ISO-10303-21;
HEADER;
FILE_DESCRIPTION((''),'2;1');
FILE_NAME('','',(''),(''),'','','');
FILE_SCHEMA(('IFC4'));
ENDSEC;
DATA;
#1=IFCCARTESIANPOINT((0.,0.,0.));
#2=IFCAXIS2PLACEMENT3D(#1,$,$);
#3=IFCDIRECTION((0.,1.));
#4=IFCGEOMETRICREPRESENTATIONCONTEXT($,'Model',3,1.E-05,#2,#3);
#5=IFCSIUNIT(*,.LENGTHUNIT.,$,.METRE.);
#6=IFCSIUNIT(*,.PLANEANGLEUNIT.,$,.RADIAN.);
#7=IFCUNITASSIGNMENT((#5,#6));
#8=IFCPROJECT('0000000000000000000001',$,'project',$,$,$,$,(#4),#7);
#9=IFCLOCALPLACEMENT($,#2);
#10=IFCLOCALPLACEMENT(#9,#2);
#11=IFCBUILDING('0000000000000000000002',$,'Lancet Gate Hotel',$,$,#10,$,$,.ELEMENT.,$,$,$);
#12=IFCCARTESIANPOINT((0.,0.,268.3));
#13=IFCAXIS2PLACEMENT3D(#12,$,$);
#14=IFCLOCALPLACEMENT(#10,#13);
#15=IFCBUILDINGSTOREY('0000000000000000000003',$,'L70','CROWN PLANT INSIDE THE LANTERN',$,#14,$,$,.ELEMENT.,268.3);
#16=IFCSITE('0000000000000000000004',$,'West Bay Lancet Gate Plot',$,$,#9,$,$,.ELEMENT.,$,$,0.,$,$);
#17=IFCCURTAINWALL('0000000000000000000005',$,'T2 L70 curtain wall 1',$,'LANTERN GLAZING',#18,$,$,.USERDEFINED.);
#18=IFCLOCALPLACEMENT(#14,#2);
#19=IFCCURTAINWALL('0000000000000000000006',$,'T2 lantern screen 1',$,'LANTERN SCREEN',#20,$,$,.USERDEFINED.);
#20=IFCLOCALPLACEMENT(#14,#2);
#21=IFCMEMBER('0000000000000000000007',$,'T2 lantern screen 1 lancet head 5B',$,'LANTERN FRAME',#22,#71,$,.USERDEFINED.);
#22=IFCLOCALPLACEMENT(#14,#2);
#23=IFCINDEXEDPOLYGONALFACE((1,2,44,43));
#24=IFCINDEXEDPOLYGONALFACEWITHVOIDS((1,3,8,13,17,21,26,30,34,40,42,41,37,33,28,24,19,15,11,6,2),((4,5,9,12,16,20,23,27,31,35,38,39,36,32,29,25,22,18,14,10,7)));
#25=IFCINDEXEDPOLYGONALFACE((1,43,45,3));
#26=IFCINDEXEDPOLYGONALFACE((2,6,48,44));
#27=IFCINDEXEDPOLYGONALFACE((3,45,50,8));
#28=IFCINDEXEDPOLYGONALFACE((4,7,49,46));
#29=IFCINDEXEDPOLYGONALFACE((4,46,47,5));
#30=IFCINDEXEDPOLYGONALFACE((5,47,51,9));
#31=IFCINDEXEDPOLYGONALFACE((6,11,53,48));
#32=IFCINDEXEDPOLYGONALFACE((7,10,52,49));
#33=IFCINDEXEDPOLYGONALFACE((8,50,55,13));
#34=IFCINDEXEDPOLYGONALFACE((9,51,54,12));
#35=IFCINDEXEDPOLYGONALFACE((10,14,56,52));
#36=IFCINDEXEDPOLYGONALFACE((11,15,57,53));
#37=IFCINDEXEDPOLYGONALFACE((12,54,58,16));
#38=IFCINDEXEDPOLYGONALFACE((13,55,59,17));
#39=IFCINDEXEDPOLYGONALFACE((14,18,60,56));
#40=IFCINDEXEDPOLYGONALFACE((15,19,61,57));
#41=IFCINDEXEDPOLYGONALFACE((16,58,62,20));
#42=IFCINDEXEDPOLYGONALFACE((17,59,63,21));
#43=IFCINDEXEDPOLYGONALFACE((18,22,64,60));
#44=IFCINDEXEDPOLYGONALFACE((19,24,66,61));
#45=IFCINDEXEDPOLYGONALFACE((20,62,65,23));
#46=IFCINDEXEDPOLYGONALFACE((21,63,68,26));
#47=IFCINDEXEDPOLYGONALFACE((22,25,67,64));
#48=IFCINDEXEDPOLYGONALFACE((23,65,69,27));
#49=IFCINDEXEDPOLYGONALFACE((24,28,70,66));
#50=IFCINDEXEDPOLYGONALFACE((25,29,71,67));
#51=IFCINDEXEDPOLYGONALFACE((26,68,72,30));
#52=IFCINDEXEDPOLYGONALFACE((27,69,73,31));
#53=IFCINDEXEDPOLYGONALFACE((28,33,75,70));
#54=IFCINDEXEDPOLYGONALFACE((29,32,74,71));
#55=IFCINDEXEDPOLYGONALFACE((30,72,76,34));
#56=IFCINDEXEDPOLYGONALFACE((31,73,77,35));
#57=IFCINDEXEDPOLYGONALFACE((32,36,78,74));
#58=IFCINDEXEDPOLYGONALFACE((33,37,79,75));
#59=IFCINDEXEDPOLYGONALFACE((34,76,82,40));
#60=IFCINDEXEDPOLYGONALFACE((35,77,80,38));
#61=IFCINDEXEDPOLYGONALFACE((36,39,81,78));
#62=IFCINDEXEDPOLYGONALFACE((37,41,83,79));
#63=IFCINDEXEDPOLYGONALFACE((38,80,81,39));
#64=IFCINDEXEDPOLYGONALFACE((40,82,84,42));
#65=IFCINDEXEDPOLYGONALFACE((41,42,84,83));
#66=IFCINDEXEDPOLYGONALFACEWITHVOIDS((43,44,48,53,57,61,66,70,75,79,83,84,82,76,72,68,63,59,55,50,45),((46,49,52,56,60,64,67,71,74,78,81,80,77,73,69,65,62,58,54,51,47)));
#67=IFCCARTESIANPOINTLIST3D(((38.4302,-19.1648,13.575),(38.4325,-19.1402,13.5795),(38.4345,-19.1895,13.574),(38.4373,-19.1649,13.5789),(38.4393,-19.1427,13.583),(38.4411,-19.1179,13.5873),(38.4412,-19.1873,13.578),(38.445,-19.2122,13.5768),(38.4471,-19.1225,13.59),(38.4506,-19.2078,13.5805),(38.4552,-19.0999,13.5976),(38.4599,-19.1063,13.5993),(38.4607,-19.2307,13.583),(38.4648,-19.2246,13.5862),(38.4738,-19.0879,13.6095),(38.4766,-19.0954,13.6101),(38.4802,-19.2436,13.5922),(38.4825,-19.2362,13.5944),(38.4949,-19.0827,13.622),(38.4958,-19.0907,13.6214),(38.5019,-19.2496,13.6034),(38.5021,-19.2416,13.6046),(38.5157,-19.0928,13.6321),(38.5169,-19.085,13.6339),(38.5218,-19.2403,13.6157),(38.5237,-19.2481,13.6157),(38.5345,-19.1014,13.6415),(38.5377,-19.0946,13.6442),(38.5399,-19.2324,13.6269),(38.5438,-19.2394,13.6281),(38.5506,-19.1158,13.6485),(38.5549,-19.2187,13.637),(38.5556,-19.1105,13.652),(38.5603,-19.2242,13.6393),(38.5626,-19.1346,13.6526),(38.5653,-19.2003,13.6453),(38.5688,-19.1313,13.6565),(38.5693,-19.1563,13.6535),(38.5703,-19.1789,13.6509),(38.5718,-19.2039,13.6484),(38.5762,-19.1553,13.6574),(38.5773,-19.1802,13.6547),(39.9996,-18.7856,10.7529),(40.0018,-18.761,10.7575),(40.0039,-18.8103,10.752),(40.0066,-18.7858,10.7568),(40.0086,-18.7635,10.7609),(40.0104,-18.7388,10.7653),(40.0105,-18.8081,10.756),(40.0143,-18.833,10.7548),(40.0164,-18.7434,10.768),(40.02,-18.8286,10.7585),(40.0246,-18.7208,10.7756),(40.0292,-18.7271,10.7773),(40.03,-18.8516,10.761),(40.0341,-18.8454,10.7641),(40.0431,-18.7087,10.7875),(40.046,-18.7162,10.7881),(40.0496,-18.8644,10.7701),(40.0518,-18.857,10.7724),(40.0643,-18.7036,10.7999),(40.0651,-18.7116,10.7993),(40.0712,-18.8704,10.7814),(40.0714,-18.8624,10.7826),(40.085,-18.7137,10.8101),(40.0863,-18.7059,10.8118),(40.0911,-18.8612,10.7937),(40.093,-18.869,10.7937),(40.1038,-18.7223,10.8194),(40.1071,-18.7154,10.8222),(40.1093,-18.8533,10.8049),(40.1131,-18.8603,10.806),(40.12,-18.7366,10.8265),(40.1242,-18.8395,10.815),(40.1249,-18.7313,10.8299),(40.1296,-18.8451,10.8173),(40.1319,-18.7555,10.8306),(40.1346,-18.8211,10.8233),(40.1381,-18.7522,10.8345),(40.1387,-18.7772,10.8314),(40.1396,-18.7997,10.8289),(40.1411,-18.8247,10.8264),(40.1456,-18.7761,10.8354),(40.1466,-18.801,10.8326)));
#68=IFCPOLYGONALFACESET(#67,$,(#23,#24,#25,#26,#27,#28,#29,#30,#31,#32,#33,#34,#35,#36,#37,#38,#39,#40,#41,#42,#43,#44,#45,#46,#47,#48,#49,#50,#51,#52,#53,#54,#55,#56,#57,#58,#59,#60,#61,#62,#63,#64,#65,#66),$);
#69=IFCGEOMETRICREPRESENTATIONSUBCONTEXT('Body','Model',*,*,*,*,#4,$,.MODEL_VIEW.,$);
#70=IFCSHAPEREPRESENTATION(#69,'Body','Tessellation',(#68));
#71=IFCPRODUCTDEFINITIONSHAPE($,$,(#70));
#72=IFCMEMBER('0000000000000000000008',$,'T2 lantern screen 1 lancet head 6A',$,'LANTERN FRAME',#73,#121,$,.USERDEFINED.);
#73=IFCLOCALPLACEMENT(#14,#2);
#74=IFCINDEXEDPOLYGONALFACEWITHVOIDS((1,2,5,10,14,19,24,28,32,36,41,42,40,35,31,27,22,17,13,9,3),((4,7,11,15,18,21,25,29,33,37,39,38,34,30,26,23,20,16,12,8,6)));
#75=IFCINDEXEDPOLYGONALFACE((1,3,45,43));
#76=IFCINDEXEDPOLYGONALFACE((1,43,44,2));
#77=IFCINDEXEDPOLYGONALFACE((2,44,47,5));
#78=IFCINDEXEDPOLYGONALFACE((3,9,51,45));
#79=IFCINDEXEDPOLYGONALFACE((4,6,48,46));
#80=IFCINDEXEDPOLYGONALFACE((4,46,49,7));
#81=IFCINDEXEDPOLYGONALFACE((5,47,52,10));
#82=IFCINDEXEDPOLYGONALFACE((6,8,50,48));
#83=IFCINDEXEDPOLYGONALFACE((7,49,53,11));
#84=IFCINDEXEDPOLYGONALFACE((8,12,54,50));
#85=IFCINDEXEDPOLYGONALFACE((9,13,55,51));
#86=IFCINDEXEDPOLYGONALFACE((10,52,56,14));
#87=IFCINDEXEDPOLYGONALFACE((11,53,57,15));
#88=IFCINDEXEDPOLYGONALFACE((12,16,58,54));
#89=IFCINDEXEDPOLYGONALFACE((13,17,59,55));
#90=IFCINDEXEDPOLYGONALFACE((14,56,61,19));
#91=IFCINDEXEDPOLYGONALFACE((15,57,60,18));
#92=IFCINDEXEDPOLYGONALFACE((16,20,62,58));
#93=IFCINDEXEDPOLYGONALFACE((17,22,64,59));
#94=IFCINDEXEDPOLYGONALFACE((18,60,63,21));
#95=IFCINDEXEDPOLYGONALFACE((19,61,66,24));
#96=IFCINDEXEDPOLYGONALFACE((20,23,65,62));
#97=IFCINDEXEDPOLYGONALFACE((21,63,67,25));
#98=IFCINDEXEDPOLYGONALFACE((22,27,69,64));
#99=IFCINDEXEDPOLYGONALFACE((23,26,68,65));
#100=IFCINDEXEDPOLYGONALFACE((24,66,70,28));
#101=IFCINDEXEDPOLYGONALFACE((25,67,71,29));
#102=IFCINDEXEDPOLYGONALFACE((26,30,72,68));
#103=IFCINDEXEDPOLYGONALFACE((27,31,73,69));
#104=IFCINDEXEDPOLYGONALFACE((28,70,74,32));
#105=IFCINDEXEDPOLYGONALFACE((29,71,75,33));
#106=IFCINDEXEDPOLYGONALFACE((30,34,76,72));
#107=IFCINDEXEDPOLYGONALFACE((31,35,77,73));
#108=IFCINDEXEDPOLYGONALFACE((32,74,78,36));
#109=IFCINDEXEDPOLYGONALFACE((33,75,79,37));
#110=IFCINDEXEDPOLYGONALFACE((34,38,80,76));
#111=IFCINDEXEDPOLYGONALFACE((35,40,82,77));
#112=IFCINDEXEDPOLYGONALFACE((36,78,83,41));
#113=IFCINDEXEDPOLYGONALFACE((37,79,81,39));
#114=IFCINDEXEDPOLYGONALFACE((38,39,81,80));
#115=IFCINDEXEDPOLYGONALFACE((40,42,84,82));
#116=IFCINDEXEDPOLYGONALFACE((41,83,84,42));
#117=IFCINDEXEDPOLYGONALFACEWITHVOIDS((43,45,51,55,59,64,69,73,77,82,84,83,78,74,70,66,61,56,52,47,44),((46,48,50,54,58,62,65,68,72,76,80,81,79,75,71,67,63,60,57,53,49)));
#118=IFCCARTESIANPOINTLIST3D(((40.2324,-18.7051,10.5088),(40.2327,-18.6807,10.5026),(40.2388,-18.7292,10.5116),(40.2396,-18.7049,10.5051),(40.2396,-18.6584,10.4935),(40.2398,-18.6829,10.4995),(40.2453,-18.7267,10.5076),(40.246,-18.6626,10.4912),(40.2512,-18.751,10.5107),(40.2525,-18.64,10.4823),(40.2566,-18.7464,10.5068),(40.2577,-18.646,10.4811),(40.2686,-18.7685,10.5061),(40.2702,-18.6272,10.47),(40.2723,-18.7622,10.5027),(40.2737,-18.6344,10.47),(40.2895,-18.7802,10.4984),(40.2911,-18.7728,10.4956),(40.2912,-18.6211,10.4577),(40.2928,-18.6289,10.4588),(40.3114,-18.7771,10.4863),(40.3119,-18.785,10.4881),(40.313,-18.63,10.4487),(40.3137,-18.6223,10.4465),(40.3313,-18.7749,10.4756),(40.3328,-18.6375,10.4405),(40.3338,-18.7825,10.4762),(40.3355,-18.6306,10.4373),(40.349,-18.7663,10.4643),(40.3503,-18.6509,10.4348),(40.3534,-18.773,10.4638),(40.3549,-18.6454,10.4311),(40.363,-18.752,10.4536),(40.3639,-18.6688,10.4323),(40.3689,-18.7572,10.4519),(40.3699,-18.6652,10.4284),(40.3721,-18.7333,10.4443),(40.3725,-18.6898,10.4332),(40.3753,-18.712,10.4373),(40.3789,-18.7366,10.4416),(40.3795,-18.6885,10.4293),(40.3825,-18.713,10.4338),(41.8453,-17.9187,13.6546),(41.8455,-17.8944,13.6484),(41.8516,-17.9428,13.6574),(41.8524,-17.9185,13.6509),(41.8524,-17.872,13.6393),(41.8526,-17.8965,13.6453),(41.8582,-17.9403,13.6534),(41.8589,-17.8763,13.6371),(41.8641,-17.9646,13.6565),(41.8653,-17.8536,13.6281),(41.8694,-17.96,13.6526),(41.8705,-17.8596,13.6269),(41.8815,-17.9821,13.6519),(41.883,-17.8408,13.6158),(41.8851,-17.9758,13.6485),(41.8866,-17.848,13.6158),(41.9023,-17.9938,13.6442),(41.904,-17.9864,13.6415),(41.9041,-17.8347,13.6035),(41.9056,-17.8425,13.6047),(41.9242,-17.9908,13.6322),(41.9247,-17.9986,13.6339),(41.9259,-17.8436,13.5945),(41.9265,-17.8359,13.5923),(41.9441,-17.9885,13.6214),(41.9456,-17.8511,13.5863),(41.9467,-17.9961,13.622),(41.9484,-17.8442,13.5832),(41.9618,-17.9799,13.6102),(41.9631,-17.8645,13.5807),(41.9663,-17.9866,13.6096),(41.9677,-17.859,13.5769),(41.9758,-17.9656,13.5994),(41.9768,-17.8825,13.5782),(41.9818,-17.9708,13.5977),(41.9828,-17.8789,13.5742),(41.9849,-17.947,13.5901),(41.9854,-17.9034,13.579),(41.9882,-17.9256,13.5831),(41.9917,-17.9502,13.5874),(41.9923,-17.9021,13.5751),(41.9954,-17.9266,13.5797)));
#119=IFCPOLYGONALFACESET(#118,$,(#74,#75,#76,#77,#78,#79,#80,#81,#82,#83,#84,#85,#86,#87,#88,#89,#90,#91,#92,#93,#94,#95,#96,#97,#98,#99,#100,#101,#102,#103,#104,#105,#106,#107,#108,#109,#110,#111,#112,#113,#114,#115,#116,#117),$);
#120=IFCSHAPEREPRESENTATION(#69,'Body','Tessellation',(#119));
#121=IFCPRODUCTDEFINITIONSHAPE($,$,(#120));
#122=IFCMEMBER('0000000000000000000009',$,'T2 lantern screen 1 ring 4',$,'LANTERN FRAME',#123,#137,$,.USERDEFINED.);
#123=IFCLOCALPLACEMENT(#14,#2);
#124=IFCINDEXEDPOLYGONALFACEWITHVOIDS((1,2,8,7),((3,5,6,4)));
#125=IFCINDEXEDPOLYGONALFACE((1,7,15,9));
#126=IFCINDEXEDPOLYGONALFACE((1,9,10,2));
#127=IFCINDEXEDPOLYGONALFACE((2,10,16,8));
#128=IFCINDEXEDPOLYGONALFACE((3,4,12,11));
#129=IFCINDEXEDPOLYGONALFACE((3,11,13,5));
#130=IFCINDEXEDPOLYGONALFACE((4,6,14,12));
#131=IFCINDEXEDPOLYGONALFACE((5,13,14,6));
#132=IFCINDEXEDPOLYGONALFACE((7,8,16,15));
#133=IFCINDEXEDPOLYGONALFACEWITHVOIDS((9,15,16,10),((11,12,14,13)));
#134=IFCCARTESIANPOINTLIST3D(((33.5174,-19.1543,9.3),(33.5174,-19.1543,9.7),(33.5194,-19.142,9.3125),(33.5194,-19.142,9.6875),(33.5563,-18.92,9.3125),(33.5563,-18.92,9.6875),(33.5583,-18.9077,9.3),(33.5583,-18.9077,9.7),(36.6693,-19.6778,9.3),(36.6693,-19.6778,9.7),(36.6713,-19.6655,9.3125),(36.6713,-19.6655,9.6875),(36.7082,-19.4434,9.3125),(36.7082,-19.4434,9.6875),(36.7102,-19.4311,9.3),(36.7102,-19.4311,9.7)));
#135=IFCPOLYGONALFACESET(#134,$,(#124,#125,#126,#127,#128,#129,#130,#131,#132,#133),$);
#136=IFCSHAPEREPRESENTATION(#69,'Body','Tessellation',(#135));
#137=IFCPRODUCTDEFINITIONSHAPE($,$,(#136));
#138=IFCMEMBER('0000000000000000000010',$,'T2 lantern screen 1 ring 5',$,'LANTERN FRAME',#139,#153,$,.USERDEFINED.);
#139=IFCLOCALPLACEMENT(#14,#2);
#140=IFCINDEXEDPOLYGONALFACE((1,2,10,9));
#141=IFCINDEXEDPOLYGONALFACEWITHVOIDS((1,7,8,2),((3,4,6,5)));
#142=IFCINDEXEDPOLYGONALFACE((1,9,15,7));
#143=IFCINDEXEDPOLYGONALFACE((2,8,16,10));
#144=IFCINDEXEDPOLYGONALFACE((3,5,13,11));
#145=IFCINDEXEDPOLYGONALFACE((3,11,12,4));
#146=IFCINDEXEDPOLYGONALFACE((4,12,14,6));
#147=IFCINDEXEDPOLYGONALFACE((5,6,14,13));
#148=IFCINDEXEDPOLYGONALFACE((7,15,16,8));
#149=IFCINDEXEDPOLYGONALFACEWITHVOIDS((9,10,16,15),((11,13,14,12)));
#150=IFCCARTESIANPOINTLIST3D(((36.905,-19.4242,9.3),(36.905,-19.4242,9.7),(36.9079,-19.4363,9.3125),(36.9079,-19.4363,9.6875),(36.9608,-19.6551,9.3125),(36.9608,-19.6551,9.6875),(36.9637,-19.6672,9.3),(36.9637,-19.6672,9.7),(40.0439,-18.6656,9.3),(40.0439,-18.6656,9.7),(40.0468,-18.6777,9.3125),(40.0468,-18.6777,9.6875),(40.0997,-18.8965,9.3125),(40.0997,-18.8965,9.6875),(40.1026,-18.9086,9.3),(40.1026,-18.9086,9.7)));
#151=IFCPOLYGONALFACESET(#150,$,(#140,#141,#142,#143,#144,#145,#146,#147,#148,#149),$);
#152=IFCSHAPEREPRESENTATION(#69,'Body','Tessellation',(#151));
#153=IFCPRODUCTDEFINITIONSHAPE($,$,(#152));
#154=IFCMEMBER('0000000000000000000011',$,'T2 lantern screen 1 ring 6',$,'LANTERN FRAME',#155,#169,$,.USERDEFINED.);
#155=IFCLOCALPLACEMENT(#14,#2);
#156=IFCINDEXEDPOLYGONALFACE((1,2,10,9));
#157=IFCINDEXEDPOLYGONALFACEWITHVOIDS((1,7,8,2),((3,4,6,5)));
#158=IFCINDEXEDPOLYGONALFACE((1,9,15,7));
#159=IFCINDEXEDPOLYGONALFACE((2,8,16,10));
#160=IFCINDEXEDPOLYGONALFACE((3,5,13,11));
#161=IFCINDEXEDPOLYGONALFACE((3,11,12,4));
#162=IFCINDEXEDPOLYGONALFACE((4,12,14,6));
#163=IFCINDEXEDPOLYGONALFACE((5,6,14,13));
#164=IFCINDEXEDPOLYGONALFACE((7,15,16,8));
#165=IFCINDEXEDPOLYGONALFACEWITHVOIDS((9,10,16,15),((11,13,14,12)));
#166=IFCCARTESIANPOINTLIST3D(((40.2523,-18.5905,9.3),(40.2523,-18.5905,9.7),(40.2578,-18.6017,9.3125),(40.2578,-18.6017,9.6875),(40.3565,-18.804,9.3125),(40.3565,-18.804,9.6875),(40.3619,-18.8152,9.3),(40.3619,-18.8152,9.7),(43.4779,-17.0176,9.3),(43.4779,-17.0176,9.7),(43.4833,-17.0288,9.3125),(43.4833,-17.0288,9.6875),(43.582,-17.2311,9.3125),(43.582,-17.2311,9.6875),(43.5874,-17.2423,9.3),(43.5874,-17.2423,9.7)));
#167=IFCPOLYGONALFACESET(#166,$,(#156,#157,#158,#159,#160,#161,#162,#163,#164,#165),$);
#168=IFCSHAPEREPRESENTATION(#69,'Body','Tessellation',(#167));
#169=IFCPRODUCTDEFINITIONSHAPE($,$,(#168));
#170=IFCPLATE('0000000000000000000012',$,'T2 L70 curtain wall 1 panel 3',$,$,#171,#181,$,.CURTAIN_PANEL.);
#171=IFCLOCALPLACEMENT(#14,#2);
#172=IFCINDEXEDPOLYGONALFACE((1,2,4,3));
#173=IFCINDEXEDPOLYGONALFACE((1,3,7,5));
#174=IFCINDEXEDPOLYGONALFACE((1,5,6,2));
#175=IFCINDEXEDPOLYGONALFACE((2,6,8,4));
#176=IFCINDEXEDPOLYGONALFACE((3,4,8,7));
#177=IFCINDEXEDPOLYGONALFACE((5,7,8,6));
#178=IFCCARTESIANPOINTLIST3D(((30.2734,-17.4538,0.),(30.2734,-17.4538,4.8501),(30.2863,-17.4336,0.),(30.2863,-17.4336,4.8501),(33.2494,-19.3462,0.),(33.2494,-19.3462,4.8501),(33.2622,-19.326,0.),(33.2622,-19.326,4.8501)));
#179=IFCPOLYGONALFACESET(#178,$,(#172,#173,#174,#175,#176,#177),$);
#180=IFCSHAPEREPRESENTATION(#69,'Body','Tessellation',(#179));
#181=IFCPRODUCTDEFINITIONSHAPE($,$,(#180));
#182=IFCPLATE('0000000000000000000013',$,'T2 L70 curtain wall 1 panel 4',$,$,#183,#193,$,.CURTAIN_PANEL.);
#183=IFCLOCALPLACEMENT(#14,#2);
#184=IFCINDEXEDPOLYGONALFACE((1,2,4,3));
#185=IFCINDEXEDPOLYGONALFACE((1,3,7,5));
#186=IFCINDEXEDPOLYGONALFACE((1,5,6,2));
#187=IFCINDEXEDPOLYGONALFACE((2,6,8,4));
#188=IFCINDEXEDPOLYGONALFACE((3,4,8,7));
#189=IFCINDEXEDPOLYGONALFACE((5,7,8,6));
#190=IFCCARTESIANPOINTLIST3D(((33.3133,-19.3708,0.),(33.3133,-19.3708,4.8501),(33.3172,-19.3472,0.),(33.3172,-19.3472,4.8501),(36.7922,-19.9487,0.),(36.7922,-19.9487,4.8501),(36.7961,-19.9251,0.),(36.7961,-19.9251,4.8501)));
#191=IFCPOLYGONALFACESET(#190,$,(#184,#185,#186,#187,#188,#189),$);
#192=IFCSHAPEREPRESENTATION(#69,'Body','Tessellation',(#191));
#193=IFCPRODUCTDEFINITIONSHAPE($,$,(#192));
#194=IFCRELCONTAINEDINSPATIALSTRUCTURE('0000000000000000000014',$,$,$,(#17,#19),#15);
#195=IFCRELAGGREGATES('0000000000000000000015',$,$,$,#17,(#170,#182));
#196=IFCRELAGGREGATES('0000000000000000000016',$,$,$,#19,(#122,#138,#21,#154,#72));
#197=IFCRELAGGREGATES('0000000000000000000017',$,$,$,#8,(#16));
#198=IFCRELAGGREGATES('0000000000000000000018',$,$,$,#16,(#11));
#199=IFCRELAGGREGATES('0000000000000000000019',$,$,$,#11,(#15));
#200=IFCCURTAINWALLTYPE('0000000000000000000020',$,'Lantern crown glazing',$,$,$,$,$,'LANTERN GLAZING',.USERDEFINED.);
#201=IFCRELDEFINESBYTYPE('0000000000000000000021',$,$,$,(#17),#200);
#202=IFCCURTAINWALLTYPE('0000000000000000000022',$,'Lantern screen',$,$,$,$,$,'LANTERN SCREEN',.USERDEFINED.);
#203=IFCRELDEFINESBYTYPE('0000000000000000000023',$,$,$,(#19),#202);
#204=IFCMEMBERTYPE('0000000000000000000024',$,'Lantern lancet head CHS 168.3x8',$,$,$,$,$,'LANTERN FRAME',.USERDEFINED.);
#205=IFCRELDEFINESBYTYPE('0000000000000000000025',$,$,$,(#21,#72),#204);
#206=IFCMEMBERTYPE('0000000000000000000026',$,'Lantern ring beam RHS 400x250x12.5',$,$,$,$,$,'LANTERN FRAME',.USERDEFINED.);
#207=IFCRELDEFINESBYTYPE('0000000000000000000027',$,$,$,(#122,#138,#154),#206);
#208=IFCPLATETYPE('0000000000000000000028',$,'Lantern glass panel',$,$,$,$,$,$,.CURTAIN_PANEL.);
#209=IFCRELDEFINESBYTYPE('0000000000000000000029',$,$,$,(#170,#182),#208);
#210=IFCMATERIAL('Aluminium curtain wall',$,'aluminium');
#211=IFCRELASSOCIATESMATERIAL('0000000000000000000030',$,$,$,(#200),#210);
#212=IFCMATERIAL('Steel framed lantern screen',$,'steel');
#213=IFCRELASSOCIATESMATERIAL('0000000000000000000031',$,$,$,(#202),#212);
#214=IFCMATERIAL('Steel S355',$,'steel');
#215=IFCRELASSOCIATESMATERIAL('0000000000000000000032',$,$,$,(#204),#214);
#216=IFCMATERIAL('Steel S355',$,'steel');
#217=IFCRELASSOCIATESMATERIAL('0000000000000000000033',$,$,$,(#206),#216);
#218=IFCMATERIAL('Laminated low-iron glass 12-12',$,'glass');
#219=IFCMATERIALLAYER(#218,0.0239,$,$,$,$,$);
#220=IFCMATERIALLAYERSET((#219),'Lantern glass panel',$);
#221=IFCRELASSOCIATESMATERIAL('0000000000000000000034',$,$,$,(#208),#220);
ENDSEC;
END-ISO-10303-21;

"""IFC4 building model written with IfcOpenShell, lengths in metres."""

from ifc_helpers import new_model, si_unit, direction, frame, origin, origin_2d, place, context, subcontext, project, spatial, rectangle, hollow_rectangle, hollow_circle, extrude, material, layer, layer_set, material_profile, profile_set, type_object, element, aggregate, save


model = new_model("IFC4")

# Units and contexts
model_context = context("Model", 3, precision=1e-05, world=origin(), true_north=direction((0.0, 1.0)))
body_context = subcontext(model_context, "Body", "Model", "MODEL_VIEW")
ifc_project = project(units=[si_unit("LENGTHUNIT", "METRE"), si_unit("PLANEANGLEUNIT", "RADIAN")], contexts=[model_context])

# Site, building, storey
site_placement = place(None, origin())
site = spatial("IfcSite", under=ifc_project, at=site_placement, Name="West Bay Lancet Gate Plot", CompositionType="ELEMENT", RefElevation=0.0)
building_placement = place(site_placement, origin())
building = spatial("IfcBuilding", under=site, at=building_placement, Name="Lancet Gate Hotel", CompositionType="ELEMENT")
storey_placement = place(building_placement, frame((0.0, 0.0, 268.3)))
storey = spatial("IfcBuildingStorey", under=building, at=storey_placement, Name="L70", Description="CROWN PLANT INSIDE THE LANTERN", CompositionType="ELEMENT", Elevation=268.3)

# Curtain wall
ifc_material_1 = material(Name="Aluminium curtain wall", Category="aluminium")
curtain_wall_type_1 = type_object("IfcCurtainWallType", Name="Lantern crown glazing", ElementType="LANTERN GLAZING", PredefinedType="USERDEFINED", material=ifc_material_1)
curtain_wall_1_placement = place(storey_placement, origin())
curtain_wall_1 = element("IfcCurtainWall", 1, at=curtain_wall_1_placement, inside=storey, type_object=curtain_wall_type_1, Name="T2 L70 curtain wall 1", ObjectType="LANTERN GLAZING", PredefinedType="USERDEFINED")

# Curtain wall, members
ifc_material_2 = material(Name="Steel framed lantern screen", Category="steel")
curtain_wall_type_2 = type_object("IfcCurtainWallType", Name="Lantern screen", ElementType="LANTERN SCREEN", PredefinedType="USERDEFINED", material=ifc_material_2)
curtain_wall_2_placement = place(storey_placement, origin())
curtain_wall_2 = element("IfcCurtainWall", 2, at=curtain_wall_2_placement, inside=storey, type_object=curtain_wall_type_2, Name="T2 lantern screen 1", ObjectType="LANTERN SCREEN", PredefinedType="USERDEFINED")
ifc_material_3 = material(Name="Steel S355", Category="steel")
ifc_material_profile_1 = material_profile(ifc_material_3, hollow_circle(Radius=0.0842, WallThickness=0.0081, at=origin_2d()), Name="CHS 168.3x8.0")
ifc_profile_set_1 = profile_set([ifc_material_profile_1], Name="Steel S355")
member_type_1 = type_object("IfcMemberType", Name="Lantern lancet head CHS 168.3x8", ElementType="LANTERN FRAME", PredefinedType="USERDEFINED", material=ifc_profile_set_1)
member_1_placement = place(storey_placement, frame((40.0732, -18.7871, 10.7937), z_axis=(-0.482693, -0.116618, 0.867991), x_axis=(0.234843, -0.972033, 0.0)))
member_1 = element("IfcMember", 3, at=member_1_placement, type_object=member_type_1, Name="T2 lantern screen 1 lancet head 5B", ObjectType="LANTERN FRAME", PredefinedType="USERDEFINED", context=body_context, shape_type="SweptSolid", body=[
    extrude(hollow_circle(Radius=0.0842, WallThickness=0.0081, at=origin_2d()), origin(), (0.0, 0.0, 1.0), 3.2512),
])
member_2_placement = place(storey_placement, frame((40.3071, -18.7029, 10.47), z_axis=(0.445339, 0.217141, 0.868633), x_axis=(-0.438265, 0.898846, 0.0)))
member_2 = element("IfcMember", 4, at=member_2_placement, type_object=member_type_1, Name="T2 lantern screen 1 lancet head 6A", ObjectType="LANTERN FRAME", PredefinedType="USERDEFINED", context=body_context, shape_type="SweptSolid", body=[
    extrude(hollow_circle(Radius=0.0842, WallThickness=0.0081, at=origin_2d()), origin(), (0.0, 0.0, 1.0), 3.6216),
])
ifc_material_4 = material(Name="Steel S355", Category="steel")
ifc_material_profile_2 = material_profile(ifc_material_4, hollow_rectangle(XDim=0.25, YDim=0.3999, WallThickness=0.0125, at=origin_2d()), Name="RHS 400x250x12.5")
ifc_profile_set_2 = profile_set([ifc_material_profile_2], Name="Steel S355")
member_type_2 = type_object("IfcMemberType", Name="Lantern ring beam RHS 400x250x12.5", ElementType="LANTERN FRAME", PredefinedType="USERDEFINED", material=ifc_profile_set_2)
member_3_placement = place(storey_placement, frame((33.5378, -19.031, 9.5), z_axis=(0.986489, -0.163829, 0.0), x_axis=(0.163829, 0.986489, 0.0)))
member_3 = element("IfcMember", 5, at=member_3_placement, type_object=member_type_2, Name="T2 lantern screen 1 ring 4", ObjectType="LANTERN FRAME", PredefinedType="USERDEFINED", context=body_context, shape_type="SweptSolid", body=[
    extrude(hollow_rectangle(XDim=0.25, YDim=0.3999, WallThickness=0.0125, at=origin_2d()), origin(), (0.0, 0.0, 1.0), 3.1951),
])
member_4_placement = place(storey_placement, frame((36.9343, -19.5457, 9.5), z_axis=(0.97202, 0.234897, 0.0), x_axis=(-0.234897, 0.97202, 0.0)))
member_4 = element("IfcMember", 6, at=member_4_placement, type_object=member_type_2, Name="T2 lantern screen 1 ring 5", ObjectType="LANTERN FRAME", PredefinedType="USERDEFINED", context=body_context, shape_type="SweptSolid", body=[
    extrude(hollow_rectangle(XDim=0.25, YDim=0.3999, WallThickness=0.0125, at=origin_2d()), origin(), (0.0, 0.0, 1.0), 3.2292),
])
member_5_placement = place(storey_placement, frame((40.3071, -18.7029, 9.5), z_axis=(0.898819, 0.43832, 0.0), x_axis=(-0.43832, 0.898819, 0.0)))
member_5 = element("IfcMember", 7, at=member_5_placement, type_object=member_type_2, Name="T2 lantern screen 1 ring 6", ObjectType="LANTERN FRAME", PredefinedType="USERDEFINED", context=body_context, shape_type="SweptSolid", body=[
    extrude(hollow_rectangle(XDim=0.25, YDim=0.3999, WallThickness=0.0125, at=origin_2d()), origin(), (0.0, 0.0, 1.0), 3.5886),
])

# Plates
ifc_material_5 = material(Name="Laminated low-iron glass 12-12", Category="glass")
ifc_layer_1 = layer(ifc_material_5, 0.0239)
ifc_layer_set_1 = layer_set([ifc_layer_1], Name="Lantern glass panel")
plate_type_1 = type_object("IfcPlateType", Name="Lantern glass panel", PredefinedType="CURTAIN_PANEL", material=ifc_layer_set_1)
plate_1_placement = place(storey_placement, frame((31.7678, -18.3899, 0.0), z_axis=(0.0, 0.0, 1.0), x_axis=(0.843845, -0.536587, 0.0)))
plate_1 = element("IfcPlate", 8, at=plate_1_placement, type_object=plate_type_1, Name="T2 L70 curtain wall 1 panel 3", PredefinedType="CURTAIN_PANEL", context=body_context, shape_type="SweptSolid", body=[
    extrude(rectangle(XDim=3.5266, YDim=0.0239, at=origin_2d()), origin(), (0.0, 0.0, 1.0), 4.8501),
])
plate_2_placement = place(storey_placement, frame((35.0547, -19.6479, 0.0), z_axis=(0.0, 0.0, 1.0), x_axis=(0.98648, -0.163881, 0.0)))
plate_2 = element("IfcPlate", 9, at=plate_2_placement, type_object=plate_type_1, Name="T2 L70 curtain wall 1 panel 4", PredefinedType="CURTAIN_PANEL", context=body_context, shape_type="SweptSolid", body=[
    extrude(rectangle(XDim=3.5266, YDim=0.0239, at=origin_2d()), origin(), (0.0, 0.0, 1.0), 4.8501),
])
aggregate(curtain_wall_1, [plate_1, plate_2])
aggregate(curtain_wall_2, [member_3, member_4, member_1, member_5, member_2])

save(model, "model.ifc")
